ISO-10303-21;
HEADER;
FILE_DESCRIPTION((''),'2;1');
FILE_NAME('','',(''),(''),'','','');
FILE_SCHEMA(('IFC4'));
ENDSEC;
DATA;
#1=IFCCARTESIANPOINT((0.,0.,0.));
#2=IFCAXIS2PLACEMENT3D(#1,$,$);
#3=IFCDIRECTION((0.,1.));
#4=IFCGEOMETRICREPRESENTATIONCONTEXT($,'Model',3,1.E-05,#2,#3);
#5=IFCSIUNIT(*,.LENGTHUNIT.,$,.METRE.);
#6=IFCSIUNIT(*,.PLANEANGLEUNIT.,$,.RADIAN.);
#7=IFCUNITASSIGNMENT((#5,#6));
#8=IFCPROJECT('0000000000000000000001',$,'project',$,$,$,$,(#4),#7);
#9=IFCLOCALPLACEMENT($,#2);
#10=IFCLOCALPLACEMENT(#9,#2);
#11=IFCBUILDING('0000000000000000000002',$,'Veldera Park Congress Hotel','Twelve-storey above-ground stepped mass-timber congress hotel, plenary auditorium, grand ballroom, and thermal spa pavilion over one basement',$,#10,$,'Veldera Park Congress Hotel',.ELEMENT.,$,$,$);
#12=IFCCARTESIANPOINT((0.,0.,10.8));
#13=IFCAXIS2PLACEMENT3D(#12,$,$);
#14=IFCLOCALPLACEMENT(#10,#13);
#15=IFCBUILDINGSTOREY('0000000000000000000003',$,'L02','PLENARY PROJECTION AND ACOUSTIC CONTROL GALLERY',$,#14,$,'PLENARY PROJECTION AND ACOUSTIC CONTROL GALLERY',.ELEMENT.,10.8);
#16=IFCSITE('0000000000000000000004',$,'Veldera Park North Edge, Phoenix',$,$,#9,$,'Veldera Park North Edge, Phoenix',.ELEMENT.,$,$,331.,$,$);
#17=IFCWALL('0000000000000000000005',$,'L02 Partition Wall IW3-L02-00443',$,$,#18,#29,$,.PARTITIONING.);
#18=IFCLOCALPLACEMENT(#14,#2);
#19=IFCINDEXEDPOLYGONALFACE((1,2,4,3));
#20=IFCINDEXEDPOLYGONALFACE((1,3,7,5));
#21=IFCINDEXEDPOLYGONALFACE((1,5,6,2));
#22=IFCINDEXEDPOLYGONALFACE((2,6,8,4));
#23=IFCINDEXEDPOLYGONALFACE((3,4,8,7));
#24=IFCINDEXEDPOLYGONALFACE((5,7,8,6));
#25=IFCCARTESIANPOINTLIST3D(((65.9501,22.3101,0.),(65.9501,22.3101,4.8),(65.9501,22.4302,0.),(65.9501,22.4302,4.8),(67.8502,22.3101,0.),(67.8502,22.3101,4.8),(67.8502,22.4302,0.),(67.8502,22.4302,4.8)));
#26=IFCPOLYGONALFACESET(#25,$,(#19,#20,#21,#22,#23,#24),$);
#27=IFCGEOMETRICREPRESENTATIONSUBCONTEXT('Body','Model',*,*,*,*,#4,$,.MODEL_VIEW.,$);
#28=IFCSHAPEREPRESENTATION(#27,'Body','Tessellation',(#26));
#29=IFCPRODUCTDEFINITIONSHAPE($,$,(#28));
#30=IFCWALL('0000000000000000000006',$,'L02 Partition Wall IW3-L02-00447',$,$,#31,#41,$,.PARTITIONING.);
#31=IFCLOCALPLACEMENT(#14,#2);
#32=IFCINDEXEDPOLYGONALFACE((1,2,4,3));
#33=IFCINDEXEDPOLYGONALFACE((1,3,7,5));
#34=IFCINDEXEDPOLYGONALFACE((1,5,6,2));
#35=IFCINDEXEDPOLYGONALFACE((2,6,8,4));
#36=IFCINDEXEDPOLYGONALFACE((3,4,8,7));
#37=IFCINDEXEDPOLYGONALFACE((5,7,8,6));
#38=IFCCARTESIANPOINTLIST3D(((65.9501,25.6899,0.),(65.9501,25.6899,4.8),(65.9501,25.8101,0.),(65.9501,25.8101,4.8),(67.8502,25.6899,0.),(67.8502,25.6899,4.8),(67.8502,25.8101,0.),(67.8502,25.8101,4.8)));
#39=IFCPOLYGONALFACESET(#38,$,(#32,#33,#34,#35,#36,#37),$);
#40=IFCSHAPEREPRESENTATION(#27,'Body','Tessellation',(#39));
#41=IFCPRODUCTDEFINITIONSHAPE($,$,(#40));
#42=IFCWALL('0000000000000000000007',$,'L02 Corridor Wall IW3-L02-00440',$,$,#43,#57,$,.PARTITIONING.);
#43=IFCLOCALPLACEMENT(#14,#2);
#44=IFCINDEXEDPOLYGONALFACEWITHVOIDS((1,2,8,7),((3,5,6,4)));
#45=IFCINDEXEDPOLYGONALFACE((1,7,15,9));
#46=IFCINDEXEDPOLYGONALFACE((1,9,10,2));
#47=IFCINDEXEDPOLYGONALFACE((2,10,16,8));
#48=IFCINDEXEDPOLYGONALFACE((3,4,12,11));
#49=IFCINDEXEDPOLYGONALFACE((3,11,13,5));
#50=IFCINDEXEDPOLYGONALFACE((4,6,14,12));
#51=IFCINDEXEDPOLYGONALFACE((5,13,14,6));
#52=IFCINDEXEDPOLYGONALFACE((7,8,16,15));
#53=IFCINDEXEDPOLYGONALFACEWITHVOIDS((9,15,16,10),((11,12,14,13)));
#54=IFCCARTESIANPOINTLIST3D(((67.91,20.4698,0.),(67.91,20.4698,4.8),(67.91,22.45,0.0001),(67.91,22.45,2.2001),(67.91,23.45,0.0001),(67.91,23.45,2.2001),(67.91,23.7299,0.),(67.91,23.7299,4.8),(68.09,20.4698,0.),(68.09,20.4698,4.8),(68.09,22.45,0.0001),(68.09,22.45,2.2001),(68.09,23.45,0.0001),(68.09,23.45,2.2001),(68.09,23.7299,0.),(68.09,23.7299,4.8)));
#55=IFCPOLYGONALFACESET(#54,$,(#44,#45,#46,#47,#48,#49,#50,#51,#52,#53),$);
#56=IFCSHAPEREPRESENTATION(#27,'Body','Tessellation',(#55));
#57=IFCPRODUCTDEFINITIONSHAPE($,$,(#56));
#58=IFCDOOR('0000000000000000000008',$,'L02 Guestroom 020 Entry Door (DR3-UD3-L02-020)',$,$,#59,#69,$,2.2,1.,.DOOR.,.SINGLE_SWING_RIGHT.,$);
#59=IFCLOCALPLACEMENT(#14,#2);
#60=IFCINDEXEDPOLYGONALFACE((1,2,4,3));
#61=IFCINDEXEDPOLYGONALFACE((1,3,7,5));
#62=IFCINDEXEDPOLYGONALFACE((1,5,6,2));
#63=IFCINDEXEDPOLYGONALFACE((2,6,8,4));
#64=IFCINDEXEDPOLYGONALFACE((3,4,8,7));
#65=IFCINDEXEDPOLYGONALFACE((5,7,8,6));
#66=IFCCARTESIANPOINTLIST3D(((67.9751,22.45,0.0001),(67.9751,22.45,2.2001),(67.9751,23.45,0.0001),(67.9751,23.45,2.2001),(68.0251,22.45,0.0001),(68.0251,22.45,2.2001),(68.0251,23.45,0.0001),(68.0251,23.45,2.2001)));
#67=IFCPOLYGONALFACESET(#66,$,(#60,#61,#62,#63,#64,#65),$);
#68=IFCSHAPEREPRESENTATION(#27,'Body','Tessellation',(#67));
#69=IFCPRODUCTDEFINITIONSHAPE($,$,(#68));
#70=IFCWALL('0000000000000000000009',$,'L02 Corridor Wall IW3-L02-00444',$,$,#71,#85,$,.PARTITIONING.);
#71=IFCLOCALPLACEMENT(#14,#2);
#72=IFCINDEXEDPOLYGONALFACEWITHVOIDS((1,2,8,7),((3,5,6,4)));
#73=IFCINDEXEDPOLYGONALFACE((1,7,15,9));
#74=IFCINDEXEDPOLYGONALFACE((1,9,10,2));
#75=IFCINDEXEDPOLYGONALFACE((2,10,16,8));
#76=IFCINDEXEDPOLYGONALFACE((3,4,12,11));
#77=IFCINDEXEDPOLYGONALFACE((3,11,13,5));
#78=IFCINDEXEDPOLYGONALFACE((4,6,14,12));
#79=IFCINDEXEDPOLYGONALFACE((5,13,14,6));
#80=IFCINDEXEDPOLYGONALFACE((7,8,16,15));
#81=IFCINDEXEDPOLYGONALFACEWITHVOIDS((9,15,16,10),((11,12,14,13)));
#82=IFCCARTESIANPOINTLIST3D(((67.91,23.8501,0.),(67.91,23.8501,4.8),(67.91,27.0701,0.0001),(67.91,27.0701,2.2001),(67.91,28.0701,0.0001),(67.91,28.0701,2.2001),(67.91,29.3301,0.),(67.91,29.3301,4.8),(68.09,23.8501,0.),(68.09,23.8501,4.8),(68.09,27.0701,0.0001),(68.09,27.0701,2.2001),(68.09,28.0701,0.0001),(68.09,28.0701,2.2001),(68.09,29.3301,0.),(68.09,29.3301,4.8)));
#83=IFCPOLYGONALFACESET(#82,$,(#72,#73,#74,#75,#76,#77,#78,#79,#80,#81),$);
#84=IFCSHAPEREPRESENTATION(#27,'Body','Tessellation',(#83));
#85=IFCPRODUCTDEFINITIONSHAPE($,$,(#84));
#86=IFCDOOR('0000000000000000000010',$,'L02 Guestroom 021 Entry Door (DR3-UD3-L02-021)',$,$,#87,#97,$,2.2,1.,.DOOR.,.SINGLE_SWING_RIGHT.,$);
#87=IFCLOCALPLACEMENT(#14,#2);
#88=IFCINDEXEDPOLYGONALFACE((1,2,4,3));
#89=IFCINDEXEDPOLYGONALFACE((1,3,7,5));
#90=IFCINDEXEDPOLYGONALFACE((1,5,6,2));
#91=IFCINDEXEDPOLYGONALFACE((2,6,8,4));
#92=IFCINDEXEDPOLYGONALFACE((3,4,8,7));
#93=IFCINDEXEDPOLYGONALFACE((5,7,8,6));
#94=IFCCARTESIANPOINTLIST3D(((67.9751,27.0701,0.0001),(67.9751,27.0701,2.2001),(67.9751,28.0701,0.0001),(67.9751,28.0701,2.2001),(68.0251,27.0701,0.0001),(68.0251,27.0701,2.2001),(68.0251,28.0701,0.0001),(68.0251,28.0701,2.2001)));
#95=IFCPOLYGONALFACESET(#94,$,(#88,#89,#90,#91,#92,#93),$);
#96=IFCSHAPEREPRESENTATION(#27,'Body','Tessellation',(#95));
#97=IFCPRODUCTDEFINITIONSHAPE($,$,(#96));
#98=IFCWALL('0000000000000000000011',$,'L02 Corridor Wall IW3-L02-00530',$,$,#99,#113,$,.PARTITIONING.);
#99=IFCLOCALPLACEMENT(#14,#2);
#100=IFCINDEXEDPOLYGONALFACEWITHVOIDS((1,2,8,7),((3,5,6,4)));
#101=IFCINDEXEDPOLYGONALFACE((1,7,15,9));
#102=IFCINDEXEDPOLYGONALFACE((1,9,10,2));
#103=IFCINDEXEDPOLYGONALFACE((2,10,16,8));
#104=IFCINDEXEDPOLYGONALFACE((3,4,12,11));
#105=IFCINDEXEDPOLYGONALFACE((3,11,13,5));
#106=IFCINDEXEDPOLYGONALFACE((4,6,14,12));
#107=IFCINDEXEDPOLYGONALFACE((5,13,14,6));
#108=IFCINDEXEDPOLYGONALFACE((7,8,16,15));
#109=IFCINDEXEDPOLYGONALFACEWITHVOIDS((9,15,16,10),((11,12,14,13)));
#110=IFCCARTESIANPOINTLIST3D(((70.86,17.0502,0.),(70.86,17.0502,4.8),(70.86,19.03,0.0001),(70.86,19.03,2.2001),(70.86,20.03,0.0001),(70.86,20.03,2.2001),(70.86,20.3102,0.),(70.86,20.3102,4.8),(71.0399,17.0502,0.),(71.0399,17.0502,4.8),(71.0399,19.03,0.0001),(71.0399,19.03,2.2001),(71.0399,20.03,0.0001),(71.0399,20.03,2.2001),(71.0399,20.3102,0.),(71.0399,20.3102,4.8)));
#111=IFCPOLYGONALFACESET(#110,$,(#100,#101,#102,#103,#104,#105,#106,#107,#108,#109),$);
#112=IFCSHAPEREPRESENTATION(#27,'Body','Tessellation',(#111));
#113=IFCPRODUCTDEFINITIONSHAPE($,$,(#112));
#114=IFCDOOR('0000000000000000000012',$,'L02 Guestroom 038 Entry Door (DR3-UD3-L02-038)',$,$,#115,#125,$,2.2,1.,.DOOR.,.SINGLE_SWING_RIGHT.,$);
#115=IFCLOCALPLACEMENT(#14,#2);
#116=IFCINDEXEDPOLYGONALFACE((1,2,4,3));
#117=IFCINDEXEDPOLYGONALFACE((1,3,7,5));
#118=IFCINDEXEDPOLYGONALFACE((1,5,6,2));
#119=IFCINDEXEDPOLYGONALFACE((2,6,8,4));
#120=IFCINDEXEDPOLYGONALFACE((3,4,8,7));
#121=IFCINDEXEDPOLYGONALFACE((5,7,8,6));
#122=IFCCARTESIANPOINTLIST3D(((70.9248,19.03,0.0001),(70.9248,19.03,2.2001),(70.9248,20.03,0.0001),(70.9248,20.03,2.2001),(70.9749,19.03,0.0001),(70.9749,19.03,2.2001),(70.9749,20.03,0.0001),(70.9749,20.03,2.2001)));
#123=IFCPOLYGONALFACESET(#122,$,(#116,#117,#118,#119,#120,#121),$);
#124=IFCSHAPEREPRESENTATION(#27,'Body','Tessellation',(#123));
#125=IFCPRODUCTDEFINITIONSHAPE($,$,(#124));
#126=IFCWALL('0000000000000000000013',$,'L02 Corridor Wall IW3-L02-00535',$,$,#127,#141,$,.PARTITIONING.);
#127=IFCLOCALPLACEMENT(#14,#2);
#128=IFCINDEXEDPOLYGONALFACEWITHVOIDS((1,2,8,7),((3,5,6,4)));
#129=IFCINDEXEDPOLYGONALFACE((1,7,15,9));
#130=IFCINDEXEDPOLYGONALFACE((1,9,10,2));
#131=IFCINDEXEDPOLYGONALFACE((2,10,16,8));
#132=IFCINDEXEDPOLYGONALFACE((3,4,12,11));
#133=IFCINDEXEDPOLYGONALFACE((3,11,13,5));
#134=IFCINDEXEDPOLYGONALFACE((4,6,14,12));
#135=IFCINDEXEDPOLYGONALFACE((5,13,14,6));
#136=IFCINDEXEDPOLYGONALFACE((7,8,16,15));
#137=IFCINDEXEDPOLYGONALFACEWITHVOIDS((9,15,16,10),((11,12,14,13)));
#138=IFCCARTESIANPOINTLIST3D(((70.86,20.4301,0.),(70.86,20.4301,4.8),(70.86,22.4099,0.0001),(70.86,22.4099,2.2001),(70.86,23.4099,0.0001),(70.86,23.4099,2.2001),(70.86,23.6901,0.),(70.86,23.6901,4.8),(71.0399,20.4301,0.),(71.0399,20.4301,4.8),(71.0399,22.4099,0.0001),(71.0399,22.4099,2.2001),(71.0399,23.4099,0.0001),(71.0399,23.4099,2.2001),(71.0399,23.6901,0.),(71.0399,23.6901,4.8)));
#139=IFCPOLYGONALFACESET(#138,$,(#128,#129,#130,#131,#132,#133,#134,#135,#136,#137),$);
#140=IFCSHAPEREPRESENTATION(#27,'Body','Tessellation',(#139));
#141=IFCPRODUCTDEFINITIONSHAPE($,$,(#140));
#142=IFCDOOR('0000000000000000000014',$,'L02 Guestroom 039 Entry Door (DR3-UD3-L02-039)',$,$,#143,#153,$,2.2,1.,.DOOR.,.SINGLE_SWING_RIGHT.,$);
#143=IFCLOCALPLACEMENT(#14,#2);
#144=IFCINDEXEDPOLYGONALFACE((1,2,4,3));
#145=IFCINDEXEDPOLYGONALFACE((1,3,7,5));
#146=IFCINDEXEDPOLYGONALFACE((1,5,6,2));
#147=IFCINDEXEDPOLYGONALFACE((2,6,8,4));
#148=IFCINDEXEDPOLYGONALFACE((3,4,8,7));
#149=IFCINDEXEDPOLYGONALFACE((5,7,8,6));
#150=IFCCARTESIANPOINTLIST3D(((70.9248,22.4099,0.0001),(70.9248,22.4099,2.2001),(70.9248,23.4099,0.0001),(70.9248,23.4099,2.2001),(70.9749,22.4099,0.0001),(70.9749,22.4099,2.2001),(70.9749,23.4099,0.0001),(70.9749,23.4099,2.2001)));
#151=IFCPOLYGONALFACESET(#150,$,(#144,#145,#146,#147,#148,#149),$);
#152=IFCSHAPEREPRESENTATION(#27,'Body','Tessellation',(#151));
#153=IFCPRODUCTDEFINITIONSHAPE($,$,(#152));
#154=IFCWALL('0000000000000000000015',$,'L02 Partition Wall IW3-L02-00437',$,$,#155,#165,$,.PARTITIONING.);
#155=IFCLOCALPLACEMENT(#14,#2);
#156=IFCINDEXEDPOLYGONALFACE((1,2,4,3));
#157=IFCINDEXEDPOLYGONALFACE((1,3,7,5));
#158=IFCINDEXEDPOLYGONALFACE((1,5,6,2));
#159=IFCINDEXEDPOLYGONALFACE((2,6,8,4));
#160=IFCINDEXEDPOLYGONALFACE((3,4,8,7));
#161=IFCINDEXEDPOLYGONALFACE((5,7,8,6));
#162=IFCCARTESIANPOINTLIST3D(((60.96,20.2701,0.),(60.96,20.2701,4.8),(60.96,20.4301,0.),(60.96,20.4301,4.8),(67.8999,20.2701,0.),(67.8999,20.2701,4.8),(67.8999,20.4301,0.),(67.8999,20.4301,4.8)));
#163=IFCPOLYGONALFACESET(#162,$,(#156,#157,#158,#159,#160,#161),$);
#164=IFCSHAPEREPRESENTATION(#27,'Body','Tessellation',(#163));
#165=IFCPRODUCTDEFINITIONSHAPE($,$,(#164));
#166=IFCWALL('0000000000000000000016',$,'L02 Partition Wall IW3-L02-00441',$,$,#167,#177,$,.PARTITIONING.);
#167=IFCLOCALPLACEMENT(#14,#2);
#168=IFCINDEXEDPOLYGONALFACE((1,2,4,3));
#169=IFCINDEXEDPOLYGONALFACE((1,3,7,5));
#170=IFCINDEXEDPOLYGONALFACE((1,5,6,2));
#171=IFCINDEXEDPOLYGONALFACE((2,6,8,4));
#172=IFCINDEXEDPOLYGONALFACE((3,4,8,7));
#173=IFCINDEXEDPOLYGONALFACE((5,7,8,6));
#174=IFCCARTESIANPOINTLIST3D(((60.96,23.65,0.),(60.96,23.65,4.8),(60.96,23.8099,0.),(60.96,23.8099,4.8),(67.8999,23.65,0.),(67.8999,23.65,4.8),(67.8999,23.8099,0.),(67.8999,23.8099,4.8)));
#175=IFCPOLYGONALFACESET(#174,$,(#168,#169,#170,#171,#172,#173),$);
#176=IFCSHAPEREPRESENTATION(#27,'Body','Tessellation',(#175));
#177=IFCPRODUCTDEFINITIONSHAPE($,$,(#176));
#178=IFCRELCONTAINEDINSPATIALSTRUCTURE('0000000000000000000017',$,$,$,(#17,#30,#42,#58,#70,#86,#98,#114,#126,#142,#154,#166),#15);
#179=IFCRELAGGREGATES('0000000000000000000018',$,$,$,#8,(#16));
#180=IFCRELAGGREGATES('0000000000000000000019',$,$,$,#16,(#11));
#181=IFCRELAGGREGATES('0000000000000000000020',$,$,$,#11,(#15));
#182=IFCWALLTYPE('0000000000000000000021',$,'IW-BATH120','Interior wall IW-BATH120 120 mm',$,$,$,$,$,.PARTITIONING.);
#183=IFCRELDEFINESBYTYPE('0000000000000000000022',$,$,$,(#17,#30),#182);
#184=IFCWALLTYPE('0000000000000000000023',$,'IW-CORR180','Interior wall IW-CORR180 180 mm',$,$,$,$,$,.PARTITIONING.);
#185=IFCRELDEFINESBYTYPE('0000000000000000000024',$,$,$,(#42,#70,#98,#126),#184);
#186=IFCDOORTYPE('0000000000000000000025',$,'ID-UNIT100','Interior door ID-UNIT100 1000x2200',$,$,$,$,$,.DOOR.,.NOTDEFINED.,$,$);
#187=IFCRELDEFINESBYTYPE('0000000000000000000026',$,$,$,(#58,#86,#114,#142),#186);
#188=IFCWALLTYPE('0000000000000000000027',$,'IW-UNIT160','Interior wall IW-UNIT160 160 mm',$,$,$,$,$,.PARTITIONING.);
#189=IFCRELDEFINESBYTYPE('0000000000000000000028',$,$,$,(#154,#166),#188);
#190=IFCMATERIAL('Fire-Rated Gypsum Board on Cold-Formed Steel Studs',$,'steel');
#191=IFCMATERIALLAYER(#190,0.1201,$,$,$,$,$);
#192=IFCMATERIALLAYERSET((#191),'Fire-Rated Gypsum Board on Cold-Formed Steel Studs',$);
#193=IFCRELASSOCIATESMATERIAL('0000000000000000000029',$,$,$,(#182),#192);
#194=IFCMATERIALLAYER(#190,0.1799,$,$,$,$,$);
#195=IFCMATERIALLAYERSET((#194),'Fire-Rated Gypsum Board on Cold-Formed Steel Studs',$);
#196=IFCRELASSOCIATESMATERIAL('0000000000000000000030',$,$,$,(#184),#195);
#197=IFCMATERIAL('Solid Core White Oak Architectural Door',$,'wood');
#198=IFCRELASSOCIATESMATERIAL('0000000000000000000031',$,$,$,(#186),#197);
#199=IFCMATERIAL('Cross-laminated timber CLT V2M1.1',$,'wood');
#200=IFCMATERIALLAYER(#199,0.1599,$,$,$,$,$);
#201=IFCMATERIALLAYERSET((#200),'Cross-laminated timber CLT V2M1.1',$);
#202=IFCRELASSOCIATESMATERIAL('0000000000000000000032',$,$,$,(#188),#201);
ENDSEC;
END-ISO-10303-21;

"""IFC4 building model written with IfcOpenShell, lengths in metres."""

from ifc_helpers import new_model, si_unit, direction, frame, frame_2d, origin, place, context, subcontext, project, spatial, rectangle, extrude, material, layer, layer_set, type_object, element, fill, save


model = new_model("IFC4")

# Units and contexts
model_context = context("Model", 3, precision=1e-05, world=origin(), true_north=direction((0.0, 1.0)))
body_context = subcontext(model_context, "Body", "Model", "MODEL_VIEW")
ifc_project = project(units=[si_unit("LENGTHUNIT", "METRE"), si_unit("PLANEANGLEUNIT", "RADIAN")], contexts=[model_context])

# Site, building, storey
site_placement = place(None, origin())
site = spatial("IfcSite", under=ifc_project, at=site_placement, Name="Veldera Park North Edge, Phoenix", LongName="Veldera Park North Edge, Phoenix", CompositionType="ELEMENT", RefElevation=331.0)
building_placement = place(site_placement, origin())
building = spatial("IfcBuilding", under=site, at=building_placement, Name="Veldera Park Congress Hotel", Description="Twelve-storey above-ground stepped mass-timber congress hotel, plenary auditorium, grand ballroom, and thermal spa pavilion over one basement", LongName="Veldera Park Congress Hotel", CompositionType="ELEMENT")
storey_placement = place(building_placement, frame((0.0, 0.0, 10.8)))
storey = spatial("IfcBuildingStorey", under=building, at=storey_placement, Name="L02", Description="PLENARY PROJECTION AND ACOUSTIC CONTROL GALLERY", LongName="PLENARY PROJECTION AND ACOUSTIC CONTROL GALLERY", CompositionType="ELEMENT", Elevation=10.8)

# Shared definitions
ifc_material_1 = material(Name="Fire-Rated Gypsum Board on Cold-Formed Steel Studs", Category="steel")
ifc_layer_1 = layer(ifc_material_1, 0.1201)
ifc_layer_set_1 = layer_set([ifc_layer_1], Name="Fire-Rated Gypsum Board on Cold-Formed Steel Studs")
wall_type_1 = type_object("IfcWallType", Name="IW-BATH120", Description="Interior wall IW-BATH120 120 mm", PredefinedType="PARTITIONING", material=ifc_layer_set_1)
ifc_material_2 = material(Name="Solid Core White Oak Architectural Door", Category="wood")

# Wall
wall_1_placement = place(storey_placement, frame((65.95, 22.3701, 0.0), z_axis=(0.0, 0.0, 1.0), x_axis=(1.0, 0.0, 0.0)))
element("IfcWall", 1, at=wall_1_placement, inside=storey, type_object=wall_type_1, Name="L02 Partition Wall IW3-L02-00443", PredefinedType="PARTITIONING", context=body_context, shape_type="SweptSolid", body=[
    extrude(rectangle(XDim=1.9001, YDim=0.1201, at=frame_2d((0.9502, 0.0))), origin(), (0.0, 0.0, 1.0), 4.8),
])

# Wall
wall_2_placement = place(storey_placement, frame((65.95, 25.75, 0.0), z_axis=(0.0, 0.0, 1.0), x_axis=(1.0, 0.0, 0.0)))
element("IfcWall", 2, at=wall_2_placement, inside=storey, type_object=wall_type_1, Name="L02 Partition Wall IW3-L02-00447", PredefinedType="PARTITIONING", context=body_context, shape_type="SweptSolid", body=[
    extrude(rectangle(XDim=1.9001, YDim=0.1201, at=frame_2d((0.9502, 0.0))), origin(), (0.0, 0.0, 1.0), 4.8),
])

# Walls, openings, doors
ifc_layer_2 = layer(ifc_material_1, 0.1799)
ifc_layer_set_2 = layer_set([ifc_layer_2], Name="Fire-Rated Gypsum Board on Cold-Formed Steel Studs")
wall_type_2 = type_object("IfcWallType", Name="IW-CORR180", Description="Interior wall IW-CORR180 180 mm", PredefinedType="PARTITIONING", material=ifc_layer_set_2)
wall_3_placement = place(storey_placement, frame((68.0, 20.47, 0.0), z_axis=(0.0, 0.0, 1.0), x_axis=(0.0, 1.0, 0.0)))
wall_3 = element("IfcWall", 3, at=wall_3_placement, inside=storey, type_object=wall_type_2, Name="L02 Corridor Wall IW3-L02-00440", PredefinedType="PARTITIONING", context=body_context, shape_type="SweptSolid", body=[
    extrude(rectangle(XDim=3.26, YDim=0.1799, at=frame_2d((1.6299, 0.0))), origin(), (0.0, 0.0, 1.0), 4.8),
])
opening_1_placement = place(wall_3_placement, frame((1.98, 0.0, 0.0)))
opening_1 = element("IfcOpeningElement", 4, at=opening_1_placement, cuts=wall_3, PredefinedType="OPENING", context=body_context, shape_type="SweptSolid", body=[
    extrude(rectangle(XDim=1.0, YDim=2.2, at=frame_2d((0.5, 1.1001))), frame((0.0, 0.1021, 0.0), z_axis=(0.0, -1.0, 0.0), x_axis=(1.0, 0.0, 0.0)), (0.0, 0.0, 1.0), 0.2039),
])
door_type_1 = type_object("IfcDoorType", Name="ID-UNIT100", Description="Interior door ID-UNIT100 1000x2200", OperationType="NOTDEFINED", PredefinedType="DOOR", material=ifc_material_2)
door_1_placement = place(opening_1_placement, origin())
door_1 = element("IfcDoor", 5, at=door_1_placement, inside=storey, type_object=door_type_1, Name="L02 Guestroom 020 Entry Door (DR3-UD3-L02-020)", OperationType="SINGLE_SWING_RIGHT", OverallHeight=2.2, OverallWidth=1.0, PredefinedType="DOOR", context=body_context, shape_type="SweptSolid", body=[
    extrude(rectangle(XDim=1.0, YDim=2.2, at=frame_2d((0.5, 1.1001))), frame((0.0, 0.0249, 0.0), z_axis=(0.0, -1.0, 0.0), x_axis=(1.0, 0.0, 0.0)), (0.0, 0.0, 1.0), 0.05),
])
fill(opening_1, door_1)
wall_4_placement = place(storey_placement, frame((68.0, 23.8501, 0.0), z_axis=(0.0, 0.0, 1.0), x_axis=(0.0, 1.0, 0.0)))
wall_4 = element("IfcWall", 6, at=wall_4_placement, inside=storey, type_object=wall_type_2, Name="L02 Corridor Wall IW3-L02-00444", PredefinedType="PARTITIONING", context=body_context, shape_type="SweptSolid", body=[
    extrude(rectangle(XDim=5.48, YDim=0.1799, at=frame_2d((2.74, 0.0))), origin(), (0.0, 0.0, 1.0), 4.8),
])
opening_2_placement = place(wall_4_placement, frame((3.22, 0.0, 0.0)))
opening_2 = element("IfcOpeningElement", 7, at=opening_2_placement, cuts=wall_4, PredefinedType="OPENING", context=body_context, shape_type="SweptSolid", body=[
    extrude(rectangle(XDim=1.0, YDim=2.2, at=frame_2d((0.5, 1.1001))), frame((0.0, 0.1021, 0.0), z_axis=(0.0, -1.0, 0.0), x_axis=(1.0, 0.0, 0.0)), (0.0, 0.0, 1.0), 0.2039),
])
door_2_placement = place(opening_2_placement, origin())
door_2 = element("IfcDoor", 8, at=door_2_placement, inside=storey, type_object=door_type_1, Name="L02 Guestroom 021 Entry Door (DR3-UD3-L02-021)", OperationType="SINGLE_SWING_RIGHT", OverallHeight=2.2, OverallWidth=1.0, PredefinedType="DOOR", context=body_context, shape_type="SweptSolid", body=[
    extrude(rectangle(XDim=1.0, YDim=2.2, at=frame_2d((0.5, 1.1001))), frame((0.0, 0.0249, 0.0), z_axis=(0.0, -1.0, 0.0), x_axis=(1.0, 0.0, 0.0)), (0.0, 0.0, 1.0), 0.05),
])
fill(opening_2, door_2)
wall_5_placement = place(storey_placement, frame((70.95, 20.3101, 0.0), z_axis=(0.0, 0.0, 1.0), x_axis=(0.0, -1.0, 0.0)))
wall_5 = element("IfcWall", 9, at=wall_5_placement, inside=storey, type_object=wall_type_2, Name="L02 Corridor Wall IW3-L02-00530", PredefinedType="PARTITIONING", context=body_context, shape_type="SweptSolid", body=[
    extrude(rectangle(XDim=3.26, YDim=0.1799, at=frame_2d((1.6299, 0.0))), origin(), (0.0, 0.0, 1.0), 4.8),
])
opening_3_placement = place(wall_5_placement, frame((0.28, 0.0, 0.0)))
opening_3 = element("IfcOpeningElement", 10, at=opening_3_placement, cuts=wall_5, PredefinedType="OPENING", context=body_context, shape_type="SweptSolid", body=[
    extrude(rectangle(XDim=1.0, YDim=2.2, at=frame_2d((0.5, 1.1001))), frame((0.0, 0.1021, 0.0), z_axis=(0.0, -1.0, 0.0), x_axis=(1.0, 0.0, 0.0)), (0.0, 0.0, 1.0), 0.2039),
])
door_3_placement = place(opening_3_placement, origin())
door_3 = element("IfcDoor", 11, at=door_3_placement, inside=storey, type_object=door_type_1, Name="L02 Guestroom 038 Entry Door (DR3-UD3-L02-038)", OperationType="SINGLE_SWING_RIGHT", OverallHeight=2.2, OverallWidth=1.0, PredefinedType="DOOR", context=body_context, shape_type="SweptSolid", body=[
    extrude(rectangle(XDim=1.0, YDim=2.2, at=frame_2d((0.5, 1.1001))), frame((0.0, 0.0249, 0.0), z_axis=(0.0, -1.0, 0.0), x_axis=(1.0, 0.0, 0.0)), (0.0, 0.0, 1.0), 0.05),
])
fill(opening_3, door_3)
wall_6_placement = place(storey_placement, frame((70.95, 23.6899, 0.0), z_axis=(0.0, 0.0, 1.0), x_axis=(0.0, -1.0, 0.0)))
wall_6 = element("IfcWall", 12, at=wall_6_placement, inside=storey, type_object=wall_type_2, Name="L02 Corridor Wall IW3-L02-00535", PredefinedType="PARTITIONING", context=body_context, shape_type="SweptSolid", body=[
    extrude(rectangle(XDim=3.26, YDim=0.1799, at=frame_2d((1.6299, 0.0))), origin(), (0.0, 0.0, 1.0), 4.8),
])
opening_4_placement = place(wall_6_placement, frame((0.28, 0.0, 0.0)))
opening_4 = element("IfcOpeningElement", 13, at=opening_4_placement, cuts=wall_6, PredefinedType="OPENING", context=body_context, shape_type="SweptSolid", body=[
    extrude(rectangle(XDim=1.0, YDim=2.2, at=frame_2d((0.5, 1.1001))), frame((0.0, 0.1021, 0.0), z_axis=(0.0, -1.0, 0.0), x_axis=(1.0, 0.0, 0.0)), (0.0, 0.0, 1.0), 0.2039),
])
door_4_placement = place(opening_4_placement, origin())
door_4 = element("IfcDoor", 14, at=door_4_placement, inside=storey, type_object=door_type_1, Name="L02 Guestroom 039 Entry Door (DR3-UD3-L02-039)", OperationType="SINGLE_SWING_RIGHT", OverallHeight=2.2, OverallWidth=1.0, PredefinedType="DOOR", context=body_context, shape_type="SweptSolid", body=[
    extrude(rectangle(XDim=1.0, YDim=2.2, at=frame_2d((0.5, 1.1001))), frame((0.0, 0.0249, 0.0), z_axis=(0.0, -1.0, 0.0), x_axis=(1.0, 0.0, 0.0)), (0.0, 0.0, 1.0), 0.05),
])
fill(opening_4, door_4)

# Walls
ifc_material_3 = material(Name="Cross-laminated timber CLT V2M1.1", Category="wood")
ifc_layer_3 = layer(ifc_material_3, 0.1599)
ifc_layer_set_3 = layer_set([ifc_layer_3], Name="Cross-laminated timber CLT V2M1.1")
wall_type_3 = type_object("IfcWallType", Name="IW-UNIT160", Description="Interior wall IW-UNIT160 160 mm", PredefinedType="PARTITIONING", material=ifc_layer_set_3)
for number, where, z_axis, x_axis, name in (
    (15, (60.96, 20.3501, 0.0), (0.0, 0.0, 1.0), (1.0, 0.0, 0.0), "L02 Partition Wall IW3-L02-00437"),
    (16, (60.96, 23.73, 0.0), (0.0, 0.0, 1.0), (1.0, 0.0, 0.0), "L02 Partition Wall IW3-L02-00441"),
):
    element("IfcWall", number, at=place(storey_placement, frame(where, z_axis=z_axis, x_axis=x_axis)), inside=storey, type_object=wall_type_3, Name=name, PredefinedType="PARTITIONING", context=body_context, shape_type="SweptSolid", body=[
        extrude(rectangle(XDim=6.9399, YDim=0.1599, at=frame_2d((3.47, 0.0))), origin(), (0.0, 0.0, 1.0), 4.8),
    ])

save(model, "model.ifc")
